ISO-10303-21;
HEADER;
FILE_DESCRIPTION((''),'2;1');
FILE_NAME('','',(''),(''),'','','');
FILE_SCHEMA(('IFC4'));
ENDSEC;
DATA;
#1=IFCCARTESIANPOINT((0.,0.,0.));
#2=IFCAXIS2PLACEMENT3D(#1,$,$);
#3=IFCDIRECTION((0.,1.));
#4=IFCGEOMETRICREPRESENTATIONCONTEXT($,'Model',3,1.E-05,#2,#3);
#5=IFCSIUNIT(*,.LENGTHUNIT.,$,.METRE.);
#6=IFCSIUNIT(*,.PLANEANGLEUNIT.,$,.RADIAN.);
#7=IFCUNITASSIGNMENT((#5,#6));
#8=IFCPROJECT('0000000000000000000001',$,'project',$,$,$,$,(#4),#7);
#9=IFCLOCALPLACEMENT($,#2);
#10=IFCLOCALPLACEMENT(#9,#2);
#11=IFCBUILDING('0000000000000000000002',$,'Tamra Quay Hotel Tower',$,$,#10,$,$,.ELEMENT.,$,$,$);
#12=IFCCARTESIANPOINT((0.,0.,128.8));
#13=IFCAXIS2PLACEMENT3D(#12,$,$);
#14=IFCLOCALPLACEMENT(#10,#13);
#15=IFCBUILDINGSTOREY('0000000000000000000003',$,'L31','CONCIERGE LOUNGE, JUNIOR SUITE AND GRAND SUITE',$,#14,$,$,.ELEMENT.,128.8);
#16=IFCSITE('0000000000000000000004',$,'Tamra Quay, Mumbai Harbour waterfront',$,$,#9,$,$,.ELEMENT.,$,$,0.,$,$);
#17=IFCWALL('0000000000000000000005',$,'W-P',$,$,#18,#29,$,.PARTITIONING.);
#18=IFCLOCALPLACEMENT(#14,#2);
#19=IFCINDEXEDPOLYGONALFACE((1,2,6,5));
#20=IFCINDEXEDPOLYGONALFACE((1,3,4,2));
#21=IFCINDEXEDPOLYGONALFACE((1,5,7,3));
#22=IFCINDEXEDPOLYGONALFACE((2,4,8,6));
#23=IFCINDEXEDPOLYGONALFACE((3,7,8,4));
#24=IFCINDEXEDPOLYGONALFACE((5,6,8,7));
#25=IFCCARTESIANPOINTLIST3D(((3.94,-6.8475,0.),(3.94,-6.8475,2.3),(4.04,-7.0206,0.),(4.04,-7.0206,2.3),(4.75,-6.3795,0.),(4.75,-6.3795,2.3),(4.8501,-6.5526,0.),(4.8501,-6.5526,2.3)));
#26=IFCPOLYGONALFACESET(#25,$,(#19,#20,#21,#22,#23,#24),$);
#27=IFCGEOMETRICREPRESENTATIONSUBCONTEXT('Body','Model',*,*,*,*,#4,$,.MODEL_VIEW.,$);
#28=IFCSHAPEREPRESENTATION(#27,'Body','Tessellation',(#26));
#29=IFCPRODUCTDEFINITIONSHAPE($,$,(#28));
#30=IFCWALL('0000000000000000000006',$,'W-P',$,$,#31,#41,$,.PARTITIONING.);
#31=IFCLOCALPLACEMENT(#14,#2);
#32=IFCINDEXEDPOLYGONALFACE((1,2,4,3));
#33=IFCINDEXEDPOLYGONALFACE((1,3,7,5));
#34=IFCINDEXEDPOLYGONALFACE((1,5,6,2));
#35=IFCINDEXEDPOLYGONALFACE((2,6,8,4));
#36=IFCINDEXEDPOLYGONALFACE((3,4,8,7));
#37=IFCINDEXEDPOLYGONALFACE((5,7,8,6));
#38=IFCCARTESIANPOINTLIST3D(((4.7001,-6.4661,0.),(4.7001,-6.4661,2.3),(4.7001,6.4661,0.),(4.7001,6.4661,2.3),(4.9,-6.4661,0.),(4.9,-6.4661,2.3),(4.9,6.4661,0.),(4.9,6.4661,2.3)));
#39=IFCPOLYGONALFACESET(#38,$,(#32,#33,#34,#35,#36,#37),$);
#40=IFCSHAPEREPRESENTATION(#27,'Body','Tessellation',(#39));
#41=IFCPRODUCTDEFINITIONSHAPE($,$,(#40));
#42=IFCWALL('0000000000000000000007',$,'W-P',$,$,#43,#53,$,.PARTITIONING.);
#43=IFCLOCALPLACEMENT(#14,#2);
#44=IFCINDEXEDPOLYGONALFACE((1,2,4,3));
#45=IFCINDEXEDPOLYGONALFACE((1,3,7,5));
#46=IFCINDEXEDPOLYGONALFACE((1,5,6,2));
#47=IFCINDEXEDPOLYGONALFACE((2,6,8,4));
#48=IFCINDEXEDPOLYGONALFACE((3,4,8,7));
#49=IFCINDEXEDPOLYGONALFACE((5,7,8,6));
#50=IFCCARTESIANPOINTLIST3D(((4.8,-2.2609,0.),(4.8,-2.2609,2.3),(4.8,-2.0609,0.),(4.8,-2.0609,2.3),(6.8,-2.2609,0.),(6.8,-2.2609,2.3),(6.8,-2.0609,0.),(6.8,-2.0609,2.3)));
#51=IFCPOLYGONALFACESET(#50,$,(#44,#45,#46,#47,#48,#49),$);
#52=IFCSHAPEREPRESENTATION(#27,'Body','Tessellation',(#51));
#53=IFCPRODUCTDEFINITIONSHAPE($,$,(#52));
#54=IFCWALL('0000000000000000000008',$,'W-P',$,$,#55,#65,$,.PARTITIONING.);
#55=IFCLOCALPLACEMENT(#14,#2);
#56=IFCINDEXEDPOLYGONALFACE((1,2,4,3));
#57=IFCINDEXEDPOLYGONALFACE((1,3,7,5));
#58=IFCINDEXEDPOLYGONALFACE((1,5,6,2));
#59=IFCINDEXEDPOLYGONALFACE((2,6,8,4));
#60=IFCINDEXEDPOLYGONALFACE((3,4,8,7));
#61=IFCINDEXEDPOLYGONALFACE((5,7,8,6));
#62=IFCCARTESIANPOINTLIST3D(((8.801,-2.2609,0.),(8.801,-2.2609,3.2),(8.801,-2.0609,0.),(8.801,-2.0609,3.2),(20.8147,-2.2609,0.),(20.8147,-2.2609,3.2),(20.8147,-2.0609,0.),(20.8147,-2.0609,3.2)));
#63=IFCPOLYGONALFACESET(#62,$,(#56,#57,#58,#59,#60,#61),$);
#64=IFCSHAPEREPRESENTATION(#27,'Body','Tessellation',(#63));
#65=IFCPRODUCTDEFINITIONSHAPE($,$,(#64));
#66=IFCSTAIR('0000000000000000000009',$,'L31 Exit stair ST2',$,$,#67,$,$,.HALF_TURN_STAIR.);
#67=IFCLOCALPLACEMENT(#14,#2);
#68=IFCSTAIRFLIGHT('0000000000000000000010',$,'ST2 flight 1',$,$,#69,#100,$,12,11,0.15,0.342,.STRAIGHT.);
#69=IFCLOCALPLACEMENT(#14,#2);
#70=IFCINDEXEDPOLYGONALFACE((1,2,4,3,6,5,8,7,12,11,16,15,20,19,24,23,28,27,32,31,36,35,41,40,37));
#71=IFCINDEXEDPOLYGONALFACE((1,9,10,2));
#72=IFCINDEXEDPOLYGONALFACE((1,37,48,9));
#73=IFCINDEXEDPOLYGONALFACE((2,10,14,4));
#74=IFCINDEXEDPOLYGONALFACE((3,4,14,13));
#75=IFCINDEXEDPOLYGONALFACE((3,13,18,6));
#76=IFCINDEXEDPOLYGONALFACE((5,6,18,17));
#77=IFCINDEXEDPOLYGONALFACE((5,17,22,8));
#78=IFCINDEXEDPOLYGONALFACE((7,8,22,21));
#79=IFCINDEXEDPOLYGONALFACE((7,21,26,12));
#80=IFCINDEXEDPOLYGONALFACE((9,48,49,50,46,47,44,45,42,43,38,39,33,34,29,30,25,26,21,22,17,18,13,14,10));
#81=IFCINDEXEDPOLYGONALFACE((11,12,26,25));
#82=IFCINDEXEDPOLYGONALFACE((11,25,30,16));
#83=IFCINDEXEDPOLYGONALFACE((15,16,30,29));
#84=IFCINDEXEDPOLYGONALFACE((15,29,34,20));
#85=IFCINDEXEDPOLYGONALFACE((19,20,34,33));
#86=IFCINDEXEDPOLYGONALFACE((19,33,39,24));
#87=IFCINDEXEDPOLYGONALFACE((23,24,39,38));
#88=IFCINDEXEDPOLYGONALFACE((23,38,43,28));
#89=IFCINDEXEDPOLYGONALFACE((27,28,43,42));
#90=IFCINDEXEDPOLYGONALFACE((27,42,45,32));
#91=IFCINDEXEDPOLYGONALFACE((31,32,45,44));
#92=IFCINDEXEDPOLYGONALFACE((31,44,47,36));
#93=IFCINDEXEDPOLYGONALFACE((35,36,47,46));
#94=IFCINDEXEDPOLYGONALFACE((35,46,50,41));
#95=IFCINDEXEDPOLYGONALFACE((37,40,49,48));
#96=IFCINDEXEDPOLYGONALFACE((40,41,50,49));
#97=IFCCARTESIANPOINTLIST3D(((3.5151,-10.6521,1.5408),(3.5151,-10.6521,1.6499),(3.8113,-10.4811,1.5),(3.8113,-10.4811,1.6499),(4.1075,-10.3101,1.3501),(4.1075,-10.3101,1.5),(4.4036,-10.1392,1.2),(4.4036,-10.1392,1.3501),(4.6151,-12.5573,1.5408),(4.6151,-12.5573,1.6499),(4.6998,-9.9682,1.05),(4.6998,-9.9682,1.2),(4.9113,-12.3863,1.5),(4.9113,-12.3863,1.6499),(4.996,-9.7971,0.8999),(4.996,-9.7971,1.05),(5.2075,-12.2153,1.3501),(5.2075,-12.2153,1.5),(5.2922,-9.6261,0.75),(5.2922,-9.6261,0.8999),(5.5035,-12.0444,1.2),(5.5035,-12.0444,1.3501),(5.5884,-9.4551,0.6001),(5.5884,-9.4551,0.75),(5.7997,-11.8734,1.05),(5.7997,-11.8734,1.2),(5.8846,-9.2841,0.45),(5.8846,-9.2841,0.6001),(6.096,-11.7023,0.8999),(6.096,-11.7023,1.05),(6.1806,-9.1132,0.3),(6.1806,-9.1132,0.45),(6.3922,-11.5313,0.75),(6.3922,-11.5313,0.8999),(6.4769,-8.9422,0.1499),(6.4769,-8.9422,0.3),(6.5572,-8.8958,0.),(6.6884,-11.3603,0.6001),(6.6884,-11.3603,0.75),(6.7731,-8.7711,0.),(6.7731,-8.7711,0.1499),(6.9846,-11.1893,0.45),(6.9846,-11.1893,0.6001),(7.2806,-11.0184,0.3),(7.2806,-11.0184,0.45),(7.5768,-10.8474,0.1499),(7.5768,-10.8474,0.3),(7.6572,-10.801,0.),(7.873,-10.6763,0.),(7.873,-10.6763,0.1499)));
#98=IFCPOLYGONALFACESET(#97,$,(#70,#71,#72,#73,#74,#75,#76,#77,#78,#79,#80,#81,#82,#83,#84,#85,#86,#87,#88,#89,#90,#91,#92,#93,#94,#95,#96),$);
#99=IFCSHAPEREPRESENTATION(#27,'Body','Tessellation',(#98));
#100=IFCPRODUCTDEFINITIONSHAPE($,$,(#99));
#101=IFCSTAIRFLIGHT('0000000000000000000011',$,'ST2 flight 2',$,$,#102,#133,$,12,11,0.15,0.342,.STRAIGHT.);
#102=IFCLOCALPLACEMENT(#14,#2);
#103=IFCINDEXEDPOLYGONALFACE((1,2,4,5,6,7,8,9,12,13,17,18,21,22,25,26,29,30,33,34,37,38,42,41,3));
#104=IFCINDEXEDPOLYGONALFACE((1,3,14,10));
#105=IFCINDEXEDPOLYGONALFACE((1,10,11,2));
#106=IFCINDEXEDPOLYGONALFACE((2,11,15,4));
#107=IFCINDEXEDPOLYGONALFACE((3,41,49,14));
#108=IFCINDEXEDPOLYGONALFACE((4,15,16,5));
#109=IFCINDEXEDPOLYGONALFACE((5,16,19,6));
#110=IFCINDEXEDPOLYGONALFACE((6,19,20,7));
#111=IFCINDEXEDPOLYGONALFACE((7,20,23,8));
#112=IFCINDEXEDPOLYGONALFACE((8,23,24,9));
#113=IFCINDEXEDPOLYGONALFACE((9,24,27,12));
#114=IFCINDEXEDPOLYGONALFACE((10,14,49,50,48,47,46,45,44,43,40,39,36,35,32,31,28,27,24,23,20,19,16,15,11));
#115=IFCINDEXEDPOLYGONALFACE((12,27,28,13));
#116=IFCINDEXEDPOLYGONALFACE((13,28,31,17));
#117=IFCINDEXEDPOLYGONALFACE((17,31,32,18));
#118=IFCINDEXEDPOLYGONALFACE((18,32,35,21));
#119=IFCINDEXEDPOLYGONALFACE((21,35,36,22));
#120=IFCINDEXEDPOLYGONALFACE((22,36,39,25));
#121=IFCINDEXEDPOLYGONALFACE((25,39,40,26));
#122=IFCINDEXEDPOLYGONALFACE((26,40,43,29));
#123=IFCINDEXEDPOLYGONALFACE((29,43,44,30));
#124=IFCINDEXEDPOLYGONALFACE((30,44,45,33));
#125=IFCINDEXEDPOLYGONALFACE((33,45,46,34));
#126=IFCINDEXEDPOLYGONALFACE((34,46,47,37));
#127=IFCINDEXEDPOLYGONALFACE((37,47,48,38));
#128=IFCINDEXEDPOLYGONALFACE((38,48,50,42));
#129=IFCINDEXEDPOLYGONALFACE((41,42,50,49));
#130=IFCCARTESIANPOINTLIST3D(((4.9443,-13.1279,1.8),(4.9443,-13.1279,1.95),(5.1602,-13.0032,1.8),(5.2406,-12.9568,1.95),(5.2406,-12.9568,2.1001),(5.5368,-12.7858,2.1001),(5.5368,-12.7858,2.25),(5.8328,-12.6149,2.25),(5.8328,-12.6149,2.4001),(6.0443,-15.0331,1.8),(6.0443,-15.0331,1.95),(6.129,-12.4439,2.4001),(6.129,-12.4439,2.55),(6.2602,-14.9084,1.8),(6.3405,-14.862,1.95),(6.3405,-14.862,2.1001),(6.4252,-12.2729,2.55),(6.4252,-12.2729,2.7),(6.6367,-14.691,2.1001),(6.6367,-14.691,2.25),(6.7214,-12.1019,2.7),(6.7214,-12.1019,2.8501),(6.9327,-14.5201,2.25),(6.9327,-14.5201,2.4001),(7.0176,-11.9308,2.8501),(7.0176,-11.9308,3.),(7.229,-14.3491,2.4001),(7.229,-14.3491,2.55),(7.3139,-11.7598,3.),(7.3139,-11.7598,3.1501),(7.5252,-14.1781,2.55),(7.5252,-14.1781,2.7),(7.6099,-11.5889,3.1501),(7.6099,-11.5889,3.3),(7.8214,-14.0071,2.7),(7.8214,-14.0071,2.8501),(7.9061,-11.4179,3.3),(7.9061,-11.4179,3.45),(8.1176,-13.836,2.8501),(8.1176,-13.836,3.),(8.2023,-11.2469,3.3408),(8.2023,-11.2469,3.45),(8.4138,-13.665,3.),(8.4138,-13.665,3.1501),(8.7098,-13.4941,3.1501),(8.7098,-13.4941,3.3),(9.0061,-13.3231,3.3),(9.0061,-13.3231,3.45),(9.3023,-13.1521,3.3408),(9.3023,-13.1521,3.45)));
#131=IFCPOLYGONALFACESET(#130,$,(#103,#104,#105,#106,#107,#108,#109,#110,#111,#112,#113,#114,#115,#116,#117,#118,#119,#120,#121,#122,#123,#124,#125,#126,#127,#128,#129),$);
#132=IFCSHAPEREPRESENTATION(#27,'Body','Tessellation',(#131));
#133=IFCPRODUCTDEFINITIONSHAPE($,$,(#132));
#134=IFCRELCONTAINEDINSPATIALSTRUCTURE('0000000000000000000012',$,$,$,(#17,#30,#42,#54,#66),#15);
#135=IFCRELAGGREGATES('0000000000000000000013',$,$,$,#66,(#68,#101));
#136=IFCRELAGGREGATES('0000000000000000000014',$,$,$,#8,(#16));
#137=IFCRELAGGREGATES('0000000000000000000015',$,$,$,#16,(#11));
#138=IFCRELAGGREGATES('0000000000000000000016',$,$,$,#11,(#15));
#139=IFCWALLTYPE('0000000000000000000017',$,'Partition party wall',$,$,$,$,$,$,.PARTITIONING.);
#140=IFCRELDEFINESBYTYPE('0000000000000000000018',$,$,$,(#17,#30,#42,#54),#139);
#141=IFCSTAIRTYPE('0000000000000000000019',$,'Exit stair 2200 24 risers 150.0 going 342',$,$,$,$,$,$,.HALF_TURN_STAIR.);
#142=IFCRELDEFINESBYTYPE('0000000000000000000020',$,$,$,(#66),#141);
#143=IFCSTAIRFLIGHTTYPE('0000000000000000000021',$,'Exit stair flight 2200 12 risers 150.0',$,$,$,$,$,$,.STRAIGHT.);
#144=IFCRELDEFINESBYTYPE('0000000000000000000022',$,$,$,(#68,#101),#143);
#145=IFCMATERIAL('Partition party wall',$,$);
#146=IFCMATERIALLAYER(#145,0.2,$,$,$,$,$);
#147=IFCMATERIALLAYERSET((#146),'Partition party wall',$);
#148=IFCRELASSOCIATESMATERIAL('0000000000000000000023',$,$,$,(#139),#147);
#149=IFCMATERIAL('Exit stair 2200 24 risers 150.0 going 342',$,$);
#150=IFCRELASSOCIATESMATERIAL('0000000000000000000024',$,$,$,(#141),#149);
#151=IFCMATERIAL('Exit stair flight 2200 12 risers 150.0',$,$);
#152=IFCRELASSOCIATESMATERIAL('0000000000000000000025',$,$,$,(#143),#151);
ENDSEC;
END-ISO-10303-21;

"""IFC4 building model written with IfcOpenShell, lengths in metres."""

from ifc_helpers import new_model, si_unit, direction, frame, frame_2d, origin, place, context, subcontext, project, spatial, polyline, rectangle, outline, extrude, material, layer, layer_set, type_object, element, aggregate, save


model = new_model("IFC4")

# Units and contexts
model_context = context("Model", 3, precision=1e-05, world=origin(), true_north=direction((0.0, 1.0)))
body_context = subcontext(model_context, "Body", "Model", "MODEL_VIEW")
ifc_project = project(units=[si_unit("LENGTHUNIT", "METRE"), si_unit("PLANEANGLEUNIT", "RADIAN")], contexts=[model_context])

# Site, building, storey
site_placement = place(None, origin())
site = spatial("IfcSite", under=ifc_project, at=site_placement, Name="Tamra Quay, Mumbai Harbour waterfront", CompositionType="ELEMENT", RefElevation=0.0)
building_placement = place(site_placement, origin())
building = spatial("IfcBuilding", under=site, at=building_placement, Name="Tamra Quay Hotel Tower", CompositionType="ELEMENT")
storey_placement = place(building_placement, frame((0.0, 0.0, 128.8)))
storey = spatial("IfcBuildingStorey", under=building, at=storey_placement, Name="L31", Description="CONCIERGE LOUNGE, JUNIOR SUITE AND GRAND SUITE", CompositionType="ELEMENT", Elevation=128.8)

# Walls
ifc_material_1 = material(Name="Partition party wall")
ifc_layer_1 = layer(ifc_material_1, 0.2)
ifc_layer_set_1 = layer_set([ifc_layer_1], Name="Partition party wall")
wall_type_1 = type_object("IfcWallType", Name="Partition party wall", PredefinedType="PARTITIONING", material=ifc_layer_set_1)
wall_1_placement = place(storey_placement, frame((3.99, -6.9341, 0.0), z_axis=(0.0, 0.0, 1.0), x_axis=(0.865873, 0.500265, 0.0)))
element("IfcWall", 1, at=wall_1_placement, inside=storey, type_object=wall_type_1, Name="W-P", PredefinedType="PARTITIONING", context=body_context, shape_type="SweptSolid", body=[
    extrude(rectangle(XDim=0.9355, YDim=0.2, at=frame_2d((0.4678, 0.0))), origin(), (0.0, 0.0, 1.0), 2.3),
])
wall_2_placement = place(storey_placement, frame((4.8, -6.4661, 0.0), z_axis=(0.0, 0.0, 1.0), x_axis=(0.0, 1.0, 0.0)))
element("IfcWall", 2, at=wall_2_placement, inside=storey, type_object=wall_type_1, Name="W-P", PredefinedType="PARTITIONING", context=body_context, shape_type="SweptSolid", body=[
    extrude(rectangle(XDim=12.9321, YDim=0.2, at=frame_2d((6.4661, 0.0))), origin(), (0.0, 0.0, 1.0), 2.3),
])
wall_3_placement = place(storey_placement, frame((4.8, -2.1609, 0.0), z_axis=(0.0, 0.0, 1.0), x_axis=(1.0, 0.0, 0.0)))
element("IfcWall", 3, at=wall_3_placement, inside=storey, type_object=wall_type_1, Name="W-P", PredefinedType="PARTITIONING", context=body_context, shape_type="SweptSolid", body=[
    extrude(rectangle(XDim=2.0, YDim=0.2, at=frame_2d((1.0, 0.0))), origin(), (0.0, 0.0, 1.0), 2.3),
])
wall_4_placement = place(storey_placement, frame((8.801, -2.1609, 0.0), z_axis=(0.0, 0.0, 1.0), x_axis=(1.0, 0.0, 0.0)))
element("IfcWall", 4, at=wall_4_placement, inside=storey, type_object=wall_type_1, Name="W-P", PredefinedType="PARTITIONING", context=body_context, shape_type="SweptSolid", body=[
    extrude(rectangle(XDim=12.0137, YDim=0.2, at=frame_2d((6.0068, 0.0))), origin(), (0.0, 0.0, 1.0), 3.2),
])

# Stair, stair flights
ifc_material_2 = material(Name="Exit stair 2200 24 risers 150.0 going 342")
stair_type = type_object("IfcStairType", Name="Exit stair 2200 24 risers 150.0 going 342", PredefinedType="HALF_TURN_STAIR", material=ifc_material_2)
stair_placement = place(storey_placement, origin())
stair = element("IfcStair", 5, at=stair_placement, inside=storey, type_object=stair_type, Name="L31 Exit stair ST2", PredefinedType="HALF_TURN_STAIR")
ifc_material_3 = material(Name="Exit stair flight 2200 12 risers 150.0")
stair_flight_type = type_object("IfcStairFlightType", Name="Exit stair flight 2200 12 risers 150.0", PredefinedType="STRAIGHT", material=ifc_material_3)
stair_flight_1_placement = place(storey_placement, frame((7.323, -9.7236, 0.0), z_axis=(0.0, 0.0, 1.0), x_axis=(-0.866025, -0.5, 0.0)))
stair_flight_1 = element("IfcStairFlight", 6, at=stair_flight_1_placement, type_object=stair_flight_type, Name="ST2 flight 1", NumberOfRisers=12, NumberOfTreads=11, PredefinedType="STRAIGHT", RiserHeight=0.15, TreadLength=0.342, context=body_context, shape_type="SweptSolid", body=[
    extrude(outline(polyline([(0.0, 0.0), (0.0, 0.1499), (0.342, 0.1499), (0.342, 0.3), (0.6841, 0.3), (0.6841, 0.45), (1.0259, 0.45), (1.0259, 0.6001), (1.3679, 0.6001), (1.3679, 0.75), (1.71, 0.75), (1.71, 0.8999), (2.052, 0.8999), (2.052, 1.05), (2.394, 1.05), (2.394, 1.2), (2.7361, 1.2), (2.7361, 1.3501), (3.0779, 1.3501), (3.0779, 1.5), (3.4199, 1.5), (3.4199, 1.6499), (3.762, 1.6499), (3.762, 1.8), (3.762, 1.5408), (0.2493, 0.0), (0.0, 0.0)])), frame((0.0, 1.1001, 0.0), z_axis=(0.0, -1.0, 0.0), x_axis=(1.0, 0.0, 0.0)), (0.0, 0.0, 1.0), 2.2),
])
stair_flight_2_placement = place(storey_placement, frame((5.4944, -14.0806, 1.8), z_axis=(0.0, 0.0, 1.0), x_axis=(0.866025, 0.5, 0.0)))
stair_flight_2 = element("IfcStairFlight", 7, at=stair_flight_2_placement, type_object=stair_flight_type, Name="ST2 flight 2", NumberOfRisers=12, NumberOfTreads=11, PredefinedType="STRAIGHT", RiserHeight=0.15, TreadLength=0.342, context=body_context, shape_type="SweptSolid", body=[
    extrude(outline(polyline([(0.0, 0.0), (0.0, 0.1499), (0.342, 0.1499), (0.342, 0.3), (0.6841, 0.3), (0.6841, 0.45), (1.0259, 0.45), (1.0259, 0.6001), (1.3679, 0.6001), (1.3679, 0.75), (1.71, 0.75), (1.71, 0.8999), (2.052, 0.8999), (2.052, 1.05), (2.394, 1.05), (2.394, 1.2), (2.7361, 1.2), (2.7361, 1.3501), (3.0779, 1.3501), (3.0779, 1.5), (3.4199, 1.5), (3.4199, 1.6499), (3.762, 1.6499), (3.762, 1.8), (3.762, 1.5408), (0.2493, 0.0), (0.0, 0.0)])), frame((0.0, 1.1001, 0.0), z_axis=(0.0, -1.0, 0.0), x_axis=(1.0, 0.0, 0.0)), (0.0, 0.0, 1.0), 2.2),
])
aggregate(stair, [stair_flight_1, stair_flight_2])

save(model, "model.ifc")
